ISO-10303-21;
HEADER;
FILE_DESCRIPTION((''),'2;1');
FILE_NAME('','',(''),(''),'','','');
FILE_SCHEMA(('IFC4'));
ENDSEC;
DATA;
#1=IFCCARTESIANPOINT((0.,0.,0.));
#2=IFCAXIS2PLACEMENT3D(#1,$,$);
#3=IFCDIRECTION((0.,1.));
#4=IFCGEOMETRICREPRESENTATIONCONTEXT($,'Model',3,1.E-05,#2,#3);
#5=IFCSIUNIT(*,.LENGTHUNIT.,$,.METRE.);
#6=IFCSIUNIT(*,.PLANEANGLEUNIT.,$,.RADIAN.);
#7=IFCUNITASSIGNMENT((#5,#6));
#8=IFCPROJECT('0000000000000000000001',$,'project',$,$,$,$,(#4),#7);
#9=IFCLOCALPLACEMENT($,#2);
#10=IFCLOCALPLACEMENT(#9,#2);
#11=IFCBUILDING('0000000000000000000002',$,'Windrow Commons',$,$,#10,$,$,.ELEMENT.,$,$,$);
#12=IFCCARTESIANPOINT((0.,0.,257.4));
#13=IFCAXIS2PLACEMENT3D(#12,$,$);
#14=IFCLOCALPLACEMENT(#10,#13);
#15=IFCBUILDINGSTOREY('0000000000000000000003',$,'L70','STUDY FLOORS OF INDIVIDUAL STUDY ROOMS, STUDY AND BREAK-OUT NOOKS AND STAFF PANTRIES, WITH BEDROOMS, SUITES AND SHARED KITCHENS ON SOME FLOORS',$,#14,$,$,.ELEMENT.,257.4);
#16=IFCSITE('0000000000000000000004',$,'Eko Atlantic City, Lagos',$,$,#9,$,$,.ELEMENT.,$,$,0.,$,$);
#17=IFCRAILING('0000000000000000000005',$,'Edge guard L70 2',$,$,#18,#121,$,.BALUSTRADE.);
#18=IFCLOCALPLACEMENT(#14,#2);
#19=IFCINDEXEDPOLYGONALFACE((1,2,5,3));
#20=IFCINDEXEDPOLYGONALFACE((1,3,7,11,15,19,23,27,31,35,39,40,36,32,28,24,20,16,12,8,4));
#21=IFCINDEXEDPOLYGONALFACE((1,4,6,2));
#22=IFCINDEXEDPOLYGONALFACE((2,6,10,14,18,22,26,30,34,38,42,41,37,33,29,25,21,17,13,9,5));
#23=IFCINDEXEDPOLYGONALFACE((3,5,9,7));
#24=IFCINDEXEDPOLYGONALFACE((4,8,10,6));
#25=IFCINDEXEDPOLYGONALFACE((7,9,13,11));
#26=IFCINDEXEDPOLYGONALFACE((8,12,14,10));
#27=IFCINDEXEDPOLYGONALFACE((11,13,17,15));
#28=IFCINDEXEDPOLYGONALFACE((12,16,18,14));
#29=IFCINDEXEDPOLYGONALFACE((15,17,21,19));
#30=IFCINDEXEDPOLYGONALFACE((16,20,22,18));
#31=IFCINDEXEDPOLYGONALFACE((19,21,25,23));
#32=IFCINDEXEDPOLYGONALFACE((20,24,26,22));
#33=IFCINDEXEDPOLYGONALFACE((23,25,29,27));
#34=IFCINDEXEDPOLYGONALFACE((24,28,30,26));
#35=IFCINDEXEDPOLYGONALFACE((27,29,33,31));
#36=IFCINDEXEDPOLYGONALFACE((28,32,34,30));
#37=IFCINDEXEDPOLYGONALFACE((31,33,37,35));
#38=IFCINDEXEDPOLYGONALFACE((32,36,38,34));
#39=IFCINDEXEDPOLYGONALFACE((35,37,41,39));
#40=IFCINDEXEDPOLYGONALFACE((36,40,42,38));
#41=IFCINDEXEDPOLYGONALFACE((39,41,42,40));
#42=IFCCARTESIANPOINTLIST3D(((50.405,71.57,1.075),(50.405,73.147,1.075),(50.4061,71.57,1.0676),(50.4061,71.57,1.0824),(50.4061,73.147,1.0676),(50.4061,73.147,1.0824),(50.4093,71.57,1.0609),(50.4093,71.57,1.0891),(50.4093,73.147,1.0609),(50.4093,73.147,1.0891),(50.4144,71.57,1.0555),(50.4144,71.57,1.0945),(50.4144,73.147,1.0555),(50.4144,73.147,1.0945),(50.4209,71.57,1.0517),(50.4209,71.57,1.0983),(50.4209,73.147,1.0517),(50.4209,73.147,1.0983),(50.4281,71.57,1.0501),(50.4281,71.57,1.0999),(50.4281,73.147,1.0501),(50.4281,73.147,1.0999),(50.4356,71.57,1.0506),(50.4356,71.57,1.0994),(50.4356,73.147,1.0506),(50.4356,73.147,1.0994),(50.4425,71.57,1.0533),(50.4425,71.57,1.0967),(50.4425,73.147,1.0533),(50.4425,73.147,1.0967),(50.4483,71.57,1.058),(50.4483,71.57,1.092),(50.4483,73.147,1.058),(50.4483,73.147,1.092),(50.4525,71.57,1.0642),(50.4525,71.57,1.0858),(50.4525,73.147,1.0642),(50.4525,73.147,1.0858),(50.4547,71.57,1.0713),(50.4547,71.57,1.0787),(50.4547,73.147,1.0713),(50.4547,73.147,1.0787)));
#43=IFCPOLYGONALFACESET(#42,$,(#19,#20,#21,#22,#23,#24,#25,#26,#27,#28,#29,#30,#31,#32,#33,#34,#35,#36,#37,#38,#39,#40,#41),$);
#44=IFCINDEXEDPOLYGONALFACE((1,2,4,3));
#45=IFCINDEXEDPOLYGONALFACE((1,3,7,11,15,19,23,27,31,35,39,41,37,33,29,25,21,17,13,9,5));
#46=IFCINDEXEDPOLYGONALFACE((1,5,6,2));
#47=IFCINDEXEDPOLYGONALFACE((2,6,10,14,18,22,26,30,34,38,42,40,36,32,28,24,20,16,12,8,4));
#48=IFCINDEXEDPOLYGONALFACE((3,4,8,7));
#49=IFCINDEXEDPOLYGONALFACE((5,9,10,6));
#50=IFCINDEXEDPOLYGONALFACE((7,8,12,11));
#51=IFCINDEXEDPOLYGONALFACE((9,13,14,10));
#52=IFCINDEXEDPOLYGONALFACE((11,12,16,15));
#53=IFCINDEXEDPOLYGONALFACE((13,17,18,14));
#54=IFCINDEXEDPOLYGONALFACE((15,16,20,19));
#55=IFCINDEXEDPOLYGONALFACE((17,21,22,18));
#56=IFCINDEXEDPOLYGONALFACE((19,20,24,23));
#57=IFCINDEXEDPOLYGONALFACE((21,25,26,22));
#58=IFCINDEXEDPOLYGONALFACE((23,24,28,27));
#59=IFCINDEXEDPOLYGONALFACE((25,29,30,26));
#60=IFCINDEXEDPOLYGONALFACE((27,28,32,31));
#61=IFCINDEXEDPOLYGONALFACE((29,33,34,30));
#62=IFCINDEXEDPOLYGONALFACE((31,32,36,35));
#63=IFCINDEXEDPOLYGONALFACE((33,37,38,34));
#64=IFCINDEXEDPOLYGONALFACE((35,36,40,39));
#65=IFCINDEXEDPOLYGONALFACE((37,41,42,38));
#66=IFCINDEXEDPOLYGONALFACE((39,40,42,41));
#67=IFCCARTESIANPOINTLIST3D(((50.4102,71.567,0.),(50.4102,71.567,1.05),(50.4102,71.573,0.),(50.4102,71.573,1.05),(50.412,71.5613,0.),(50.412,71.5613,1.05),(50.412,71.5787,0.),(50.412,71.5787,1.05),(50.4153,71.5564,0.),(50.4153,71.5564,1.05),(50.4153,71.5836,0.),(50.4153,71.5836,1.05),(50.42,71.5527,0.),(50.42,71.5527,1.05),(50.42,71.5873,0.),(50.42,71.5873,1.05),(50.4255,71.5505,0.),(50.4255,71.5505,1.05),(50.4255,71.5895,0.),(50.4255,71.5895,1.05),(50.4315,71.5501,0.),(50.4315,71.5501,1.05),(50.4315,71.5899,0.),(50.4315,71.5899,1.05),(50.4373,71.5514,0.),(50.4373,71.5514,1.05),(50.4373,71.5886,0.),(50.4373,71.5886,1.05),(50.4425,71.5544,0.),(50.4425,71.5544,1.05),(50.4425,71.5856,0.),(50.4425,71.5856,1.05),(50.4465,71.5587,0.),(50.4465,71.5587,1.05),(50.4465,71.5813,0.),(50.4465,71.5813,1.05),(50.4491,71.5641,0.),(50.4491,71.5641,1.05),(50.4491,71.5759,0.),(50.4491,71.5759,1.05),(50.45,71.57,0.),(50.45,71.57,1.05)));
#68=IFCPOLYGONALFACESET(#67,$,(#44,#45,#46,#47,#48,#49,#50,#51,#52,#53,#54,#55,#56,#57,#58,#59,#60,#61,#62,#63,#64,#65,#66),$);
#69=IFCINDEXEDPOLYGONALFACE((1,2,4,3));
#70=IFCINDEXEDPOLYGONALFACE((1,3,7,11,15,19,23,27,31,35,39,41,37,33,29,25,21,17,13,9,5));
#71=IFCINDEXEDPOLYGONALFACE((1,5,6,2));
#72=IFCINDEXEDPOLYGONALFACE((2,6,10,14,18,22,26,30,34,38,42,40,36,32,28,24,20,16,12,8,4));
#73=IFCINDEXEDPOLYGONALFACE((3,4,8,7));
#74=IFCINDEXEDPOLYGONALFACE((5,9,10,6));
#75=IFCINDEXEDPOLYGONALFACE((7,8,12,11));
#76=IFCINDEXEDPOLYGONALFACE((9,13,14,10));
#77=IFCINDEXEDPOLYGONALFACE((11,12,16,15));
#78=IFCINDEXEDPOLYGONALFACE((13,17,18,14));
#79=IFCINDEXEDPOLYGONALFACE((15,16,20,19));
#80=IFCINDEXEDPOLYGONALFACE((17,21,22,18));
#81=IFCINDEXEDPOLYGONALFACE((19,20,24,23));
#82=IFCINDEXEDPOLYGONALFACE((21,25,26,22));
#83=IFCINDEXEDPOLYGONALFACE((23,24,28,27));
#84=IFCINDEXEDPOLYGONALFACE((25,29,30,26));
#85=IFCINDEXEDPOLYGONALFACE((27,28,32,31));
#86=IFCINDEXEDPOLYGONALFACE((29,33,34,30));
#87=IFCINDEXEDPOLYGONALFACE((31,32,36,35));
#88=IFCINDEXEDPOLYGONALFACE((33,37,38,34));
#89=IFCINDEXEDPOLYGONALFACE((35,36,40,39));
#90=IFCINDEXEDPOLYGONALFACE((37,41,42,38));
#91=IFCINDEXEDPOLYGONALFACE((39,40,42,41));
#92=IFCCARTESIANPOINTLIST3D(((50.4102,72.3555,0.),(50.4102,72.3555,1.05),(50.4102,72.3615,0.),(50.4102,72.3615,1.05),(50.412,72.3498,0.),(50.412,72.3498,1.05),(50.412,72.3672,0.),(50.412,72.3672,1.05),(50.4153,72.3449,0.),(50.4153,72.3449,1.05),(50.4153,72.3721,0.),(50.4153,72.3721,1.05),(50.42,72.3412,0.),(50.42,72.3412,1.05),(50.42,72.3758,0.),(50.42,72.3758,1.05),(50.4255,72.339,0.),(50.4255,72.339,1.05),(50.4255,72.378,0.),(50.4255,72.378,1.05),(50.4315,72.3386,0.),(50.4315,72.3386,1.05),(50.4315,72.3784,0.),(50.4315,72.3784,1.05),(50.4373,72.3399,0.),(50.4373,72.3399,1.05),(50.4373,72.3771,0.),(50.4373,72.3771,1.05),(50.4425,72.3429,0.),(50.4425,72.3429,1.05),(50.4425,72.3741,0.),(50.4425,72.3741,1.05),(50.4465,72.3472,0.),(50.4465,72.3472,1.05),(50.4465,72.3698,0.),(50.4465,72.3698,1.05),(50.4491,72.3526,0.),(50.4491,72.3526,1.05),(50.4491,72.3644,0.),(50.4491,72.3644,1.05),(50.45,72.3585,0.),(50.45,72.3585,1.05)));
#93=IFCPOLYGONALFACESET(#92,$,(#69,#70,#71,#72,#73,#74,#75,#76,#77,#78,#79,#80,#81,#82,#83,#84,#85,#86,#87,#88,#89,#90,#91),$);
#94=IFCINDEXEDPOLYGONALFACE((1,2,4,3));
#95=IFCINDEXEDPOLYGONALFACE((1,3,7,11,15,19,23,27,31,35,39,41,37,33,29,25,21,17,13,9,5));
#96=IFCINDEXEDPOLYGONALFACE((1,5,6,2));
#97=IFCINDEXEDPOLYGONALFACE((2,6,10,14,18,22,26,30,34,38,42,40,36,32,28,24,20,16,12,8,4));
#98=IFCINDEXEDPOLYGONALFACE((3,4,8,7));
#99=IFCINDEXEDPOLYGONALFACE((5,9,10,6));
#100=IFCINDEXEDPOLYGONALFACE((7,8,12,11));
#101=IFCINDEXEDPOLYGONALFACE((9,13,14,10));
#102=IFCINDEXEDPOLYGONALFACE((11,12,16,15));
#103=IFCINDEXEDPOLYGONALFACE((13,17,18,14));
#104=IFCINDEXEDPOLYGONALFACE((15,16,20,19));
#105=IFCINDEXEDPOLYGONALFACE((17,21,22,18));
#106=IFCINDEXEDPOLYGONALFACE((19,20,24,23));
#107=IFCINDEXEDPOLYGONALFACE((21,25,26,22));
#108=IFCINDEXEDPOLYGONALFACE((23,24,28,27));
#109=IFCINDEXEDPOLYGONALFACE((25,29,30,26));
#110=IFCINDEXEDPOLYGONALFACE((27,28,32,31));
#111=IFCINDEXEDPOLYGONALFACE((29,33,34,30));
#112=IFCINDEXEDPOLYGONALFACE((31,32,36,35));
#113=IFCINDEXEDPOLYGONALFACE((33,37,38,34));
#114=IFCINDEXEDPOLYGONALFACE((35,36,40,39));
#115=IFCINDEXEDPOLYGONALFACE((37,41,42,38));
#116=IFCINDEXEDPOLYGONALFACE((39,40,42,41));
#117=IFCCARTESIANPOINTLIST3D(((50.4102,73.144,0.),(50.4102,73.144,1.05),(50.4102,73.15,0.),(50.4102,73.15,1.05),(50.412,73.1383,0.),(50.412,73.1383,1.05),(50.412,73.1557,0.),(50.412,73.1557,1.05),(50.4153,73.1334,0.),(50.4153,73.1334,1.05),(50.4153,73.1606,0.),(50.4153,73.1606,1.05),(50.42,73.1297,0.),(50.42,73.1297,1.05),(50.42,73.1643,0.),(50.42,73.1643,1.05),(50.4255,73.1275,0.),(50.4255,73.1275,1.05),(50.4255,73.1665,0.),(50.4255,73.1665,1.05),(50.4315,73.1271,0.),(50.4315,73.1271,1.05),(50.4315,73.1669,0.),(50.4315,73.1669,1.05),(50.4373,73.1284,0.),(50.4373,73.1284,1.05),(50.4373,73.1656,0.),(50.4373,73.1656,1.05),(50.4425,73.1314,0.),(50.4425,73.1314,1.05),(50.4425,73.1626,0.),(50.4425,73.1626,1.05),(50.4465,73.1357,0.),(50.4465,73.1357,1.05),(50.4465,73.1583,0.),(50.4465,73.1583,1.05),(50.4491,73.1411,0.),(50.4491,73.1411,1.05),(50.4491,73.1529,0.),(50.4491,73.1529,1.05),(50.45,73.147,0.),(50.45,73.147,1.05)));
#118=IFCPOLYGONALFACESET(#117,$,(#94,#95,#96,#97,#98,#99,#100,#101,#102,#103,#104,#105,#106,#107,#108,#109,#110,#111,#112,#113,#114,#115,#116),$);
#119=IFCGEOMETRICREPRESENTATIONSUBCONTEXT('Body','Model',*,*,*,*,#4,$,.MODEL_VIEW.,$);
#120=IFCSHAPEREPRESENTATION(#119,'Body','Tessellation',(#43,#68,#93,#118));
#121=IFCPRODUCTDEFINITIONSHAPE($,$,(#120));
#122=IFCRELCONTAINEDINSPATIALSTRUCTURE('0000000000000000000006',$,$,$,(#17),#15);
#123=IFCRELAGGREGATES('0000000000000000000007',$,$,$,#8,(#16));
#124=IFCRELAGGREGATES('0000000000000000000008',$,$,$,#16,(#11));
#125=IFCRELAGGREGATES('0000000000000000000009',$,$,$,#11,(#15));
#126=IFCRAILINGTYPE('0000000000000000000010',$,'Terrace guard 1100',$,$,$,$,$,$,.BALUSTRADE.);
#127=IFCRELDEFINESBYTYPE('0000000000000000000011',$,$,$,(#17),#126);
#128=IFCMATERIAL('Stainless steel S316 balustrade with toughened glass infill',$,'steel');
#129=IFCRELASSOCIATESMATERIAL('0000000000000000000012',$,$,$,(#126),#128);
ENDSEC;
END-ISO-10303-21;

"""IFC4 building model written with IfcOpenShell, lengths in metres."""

from ifc_helpers import new_model, si_unit, direction, frame, origin, origin_2d, place, context, subcontext, project, spatial, circle, extrude, material, type_object, element, save


model = new_model("IFC4")

# Units and contexts
model_context = context("Model", 3, precision=1e-05, world=origin(), true_north=direction((0.0, 1.0)))
body_context = subcontext(model_context, "Body", "Model", "MODEL_VIEW")
ifc_project = project(units=[si_unit("LENGTHUNIT", "METRE"), si_unit("PLANEANGLEUNIT", "RADIAN")], contexts=[model_context])

# Site, building, storey
site_placement = place(None, origin())
site = spatial("IfcSite", under=ifc_project, at=site_placement, Name="Eko Atlantic City, Lagos", CompositionType="ELEMENT", RefElevation=0.0)
building_placement = place(site_placement, origin())
building = spatial("IfcBuilding", under=site, at=building_placement, Name="Windrow Commons", CompositionType="ELEMENT")
storey_placement = place(building_placement, frame((0.0, 0.0, 257.4)))
storey = spatial("IfcBuildingStorey", under=building, at=storey_placement, Name="L70", Description="STUDY FLOORS OF INDIVIDUAL STUDY ROOMS, STUDY AND BREAK-OUT NOOKS AND STAFF PANTRIES, WITH BEDROOMS, SUITES AND SHARED KITCHENS ON SOME FLOORS", CompositionType="ELEMENT", Elevation=257.4)

# Railing
ifc_material_1 = material(Name="Stainless steel S316 balustrade with toughened glass infill", Category="steel")
railing_type_1 = type_object("IfcRailingType", Name="Terrace guard 1100", PredefinedType="BALUSTRADE", material=ifc_material_1)
railing_1_placement = place(storey_placement, frame((50.43, 71.57, 0.0)))
element("IfcRailing", 1, at=railing_1_placement, inside=storey, type_object=railing_type_1, Name="Edge guard L70 2", PredefinedType="BALUSTRADE", context=body_context, shape_type="SweptSolid", body=[
    extrude(circle(Radius=0.025, at=origin_2d()), frame((0.0, 0.0, 1.075), z_axis=(0.0, 1.0, 0.0), x_axis=(-1.0, 0.0, 0.0)), (0.0, 0.0, 1.0), 1.577),
    extrude(circle(Radius=0.02, at=origin_2d()), origin(), (0.0, 0.0, 1.0), 1.05),
    extrude(circle(Radius=0.02, at=origin_2d()), frame((0.0, 0.7885, 0.0)), (0.0, 0.0, 1.0), 1.05),
    extrude(circle(Radius=0.02, at=origin_2d()), frame((0.0, 1.577, 0.0)), (0.0, 0.0, 1.0), 1.05),
])

save(model, "model.ifc")
